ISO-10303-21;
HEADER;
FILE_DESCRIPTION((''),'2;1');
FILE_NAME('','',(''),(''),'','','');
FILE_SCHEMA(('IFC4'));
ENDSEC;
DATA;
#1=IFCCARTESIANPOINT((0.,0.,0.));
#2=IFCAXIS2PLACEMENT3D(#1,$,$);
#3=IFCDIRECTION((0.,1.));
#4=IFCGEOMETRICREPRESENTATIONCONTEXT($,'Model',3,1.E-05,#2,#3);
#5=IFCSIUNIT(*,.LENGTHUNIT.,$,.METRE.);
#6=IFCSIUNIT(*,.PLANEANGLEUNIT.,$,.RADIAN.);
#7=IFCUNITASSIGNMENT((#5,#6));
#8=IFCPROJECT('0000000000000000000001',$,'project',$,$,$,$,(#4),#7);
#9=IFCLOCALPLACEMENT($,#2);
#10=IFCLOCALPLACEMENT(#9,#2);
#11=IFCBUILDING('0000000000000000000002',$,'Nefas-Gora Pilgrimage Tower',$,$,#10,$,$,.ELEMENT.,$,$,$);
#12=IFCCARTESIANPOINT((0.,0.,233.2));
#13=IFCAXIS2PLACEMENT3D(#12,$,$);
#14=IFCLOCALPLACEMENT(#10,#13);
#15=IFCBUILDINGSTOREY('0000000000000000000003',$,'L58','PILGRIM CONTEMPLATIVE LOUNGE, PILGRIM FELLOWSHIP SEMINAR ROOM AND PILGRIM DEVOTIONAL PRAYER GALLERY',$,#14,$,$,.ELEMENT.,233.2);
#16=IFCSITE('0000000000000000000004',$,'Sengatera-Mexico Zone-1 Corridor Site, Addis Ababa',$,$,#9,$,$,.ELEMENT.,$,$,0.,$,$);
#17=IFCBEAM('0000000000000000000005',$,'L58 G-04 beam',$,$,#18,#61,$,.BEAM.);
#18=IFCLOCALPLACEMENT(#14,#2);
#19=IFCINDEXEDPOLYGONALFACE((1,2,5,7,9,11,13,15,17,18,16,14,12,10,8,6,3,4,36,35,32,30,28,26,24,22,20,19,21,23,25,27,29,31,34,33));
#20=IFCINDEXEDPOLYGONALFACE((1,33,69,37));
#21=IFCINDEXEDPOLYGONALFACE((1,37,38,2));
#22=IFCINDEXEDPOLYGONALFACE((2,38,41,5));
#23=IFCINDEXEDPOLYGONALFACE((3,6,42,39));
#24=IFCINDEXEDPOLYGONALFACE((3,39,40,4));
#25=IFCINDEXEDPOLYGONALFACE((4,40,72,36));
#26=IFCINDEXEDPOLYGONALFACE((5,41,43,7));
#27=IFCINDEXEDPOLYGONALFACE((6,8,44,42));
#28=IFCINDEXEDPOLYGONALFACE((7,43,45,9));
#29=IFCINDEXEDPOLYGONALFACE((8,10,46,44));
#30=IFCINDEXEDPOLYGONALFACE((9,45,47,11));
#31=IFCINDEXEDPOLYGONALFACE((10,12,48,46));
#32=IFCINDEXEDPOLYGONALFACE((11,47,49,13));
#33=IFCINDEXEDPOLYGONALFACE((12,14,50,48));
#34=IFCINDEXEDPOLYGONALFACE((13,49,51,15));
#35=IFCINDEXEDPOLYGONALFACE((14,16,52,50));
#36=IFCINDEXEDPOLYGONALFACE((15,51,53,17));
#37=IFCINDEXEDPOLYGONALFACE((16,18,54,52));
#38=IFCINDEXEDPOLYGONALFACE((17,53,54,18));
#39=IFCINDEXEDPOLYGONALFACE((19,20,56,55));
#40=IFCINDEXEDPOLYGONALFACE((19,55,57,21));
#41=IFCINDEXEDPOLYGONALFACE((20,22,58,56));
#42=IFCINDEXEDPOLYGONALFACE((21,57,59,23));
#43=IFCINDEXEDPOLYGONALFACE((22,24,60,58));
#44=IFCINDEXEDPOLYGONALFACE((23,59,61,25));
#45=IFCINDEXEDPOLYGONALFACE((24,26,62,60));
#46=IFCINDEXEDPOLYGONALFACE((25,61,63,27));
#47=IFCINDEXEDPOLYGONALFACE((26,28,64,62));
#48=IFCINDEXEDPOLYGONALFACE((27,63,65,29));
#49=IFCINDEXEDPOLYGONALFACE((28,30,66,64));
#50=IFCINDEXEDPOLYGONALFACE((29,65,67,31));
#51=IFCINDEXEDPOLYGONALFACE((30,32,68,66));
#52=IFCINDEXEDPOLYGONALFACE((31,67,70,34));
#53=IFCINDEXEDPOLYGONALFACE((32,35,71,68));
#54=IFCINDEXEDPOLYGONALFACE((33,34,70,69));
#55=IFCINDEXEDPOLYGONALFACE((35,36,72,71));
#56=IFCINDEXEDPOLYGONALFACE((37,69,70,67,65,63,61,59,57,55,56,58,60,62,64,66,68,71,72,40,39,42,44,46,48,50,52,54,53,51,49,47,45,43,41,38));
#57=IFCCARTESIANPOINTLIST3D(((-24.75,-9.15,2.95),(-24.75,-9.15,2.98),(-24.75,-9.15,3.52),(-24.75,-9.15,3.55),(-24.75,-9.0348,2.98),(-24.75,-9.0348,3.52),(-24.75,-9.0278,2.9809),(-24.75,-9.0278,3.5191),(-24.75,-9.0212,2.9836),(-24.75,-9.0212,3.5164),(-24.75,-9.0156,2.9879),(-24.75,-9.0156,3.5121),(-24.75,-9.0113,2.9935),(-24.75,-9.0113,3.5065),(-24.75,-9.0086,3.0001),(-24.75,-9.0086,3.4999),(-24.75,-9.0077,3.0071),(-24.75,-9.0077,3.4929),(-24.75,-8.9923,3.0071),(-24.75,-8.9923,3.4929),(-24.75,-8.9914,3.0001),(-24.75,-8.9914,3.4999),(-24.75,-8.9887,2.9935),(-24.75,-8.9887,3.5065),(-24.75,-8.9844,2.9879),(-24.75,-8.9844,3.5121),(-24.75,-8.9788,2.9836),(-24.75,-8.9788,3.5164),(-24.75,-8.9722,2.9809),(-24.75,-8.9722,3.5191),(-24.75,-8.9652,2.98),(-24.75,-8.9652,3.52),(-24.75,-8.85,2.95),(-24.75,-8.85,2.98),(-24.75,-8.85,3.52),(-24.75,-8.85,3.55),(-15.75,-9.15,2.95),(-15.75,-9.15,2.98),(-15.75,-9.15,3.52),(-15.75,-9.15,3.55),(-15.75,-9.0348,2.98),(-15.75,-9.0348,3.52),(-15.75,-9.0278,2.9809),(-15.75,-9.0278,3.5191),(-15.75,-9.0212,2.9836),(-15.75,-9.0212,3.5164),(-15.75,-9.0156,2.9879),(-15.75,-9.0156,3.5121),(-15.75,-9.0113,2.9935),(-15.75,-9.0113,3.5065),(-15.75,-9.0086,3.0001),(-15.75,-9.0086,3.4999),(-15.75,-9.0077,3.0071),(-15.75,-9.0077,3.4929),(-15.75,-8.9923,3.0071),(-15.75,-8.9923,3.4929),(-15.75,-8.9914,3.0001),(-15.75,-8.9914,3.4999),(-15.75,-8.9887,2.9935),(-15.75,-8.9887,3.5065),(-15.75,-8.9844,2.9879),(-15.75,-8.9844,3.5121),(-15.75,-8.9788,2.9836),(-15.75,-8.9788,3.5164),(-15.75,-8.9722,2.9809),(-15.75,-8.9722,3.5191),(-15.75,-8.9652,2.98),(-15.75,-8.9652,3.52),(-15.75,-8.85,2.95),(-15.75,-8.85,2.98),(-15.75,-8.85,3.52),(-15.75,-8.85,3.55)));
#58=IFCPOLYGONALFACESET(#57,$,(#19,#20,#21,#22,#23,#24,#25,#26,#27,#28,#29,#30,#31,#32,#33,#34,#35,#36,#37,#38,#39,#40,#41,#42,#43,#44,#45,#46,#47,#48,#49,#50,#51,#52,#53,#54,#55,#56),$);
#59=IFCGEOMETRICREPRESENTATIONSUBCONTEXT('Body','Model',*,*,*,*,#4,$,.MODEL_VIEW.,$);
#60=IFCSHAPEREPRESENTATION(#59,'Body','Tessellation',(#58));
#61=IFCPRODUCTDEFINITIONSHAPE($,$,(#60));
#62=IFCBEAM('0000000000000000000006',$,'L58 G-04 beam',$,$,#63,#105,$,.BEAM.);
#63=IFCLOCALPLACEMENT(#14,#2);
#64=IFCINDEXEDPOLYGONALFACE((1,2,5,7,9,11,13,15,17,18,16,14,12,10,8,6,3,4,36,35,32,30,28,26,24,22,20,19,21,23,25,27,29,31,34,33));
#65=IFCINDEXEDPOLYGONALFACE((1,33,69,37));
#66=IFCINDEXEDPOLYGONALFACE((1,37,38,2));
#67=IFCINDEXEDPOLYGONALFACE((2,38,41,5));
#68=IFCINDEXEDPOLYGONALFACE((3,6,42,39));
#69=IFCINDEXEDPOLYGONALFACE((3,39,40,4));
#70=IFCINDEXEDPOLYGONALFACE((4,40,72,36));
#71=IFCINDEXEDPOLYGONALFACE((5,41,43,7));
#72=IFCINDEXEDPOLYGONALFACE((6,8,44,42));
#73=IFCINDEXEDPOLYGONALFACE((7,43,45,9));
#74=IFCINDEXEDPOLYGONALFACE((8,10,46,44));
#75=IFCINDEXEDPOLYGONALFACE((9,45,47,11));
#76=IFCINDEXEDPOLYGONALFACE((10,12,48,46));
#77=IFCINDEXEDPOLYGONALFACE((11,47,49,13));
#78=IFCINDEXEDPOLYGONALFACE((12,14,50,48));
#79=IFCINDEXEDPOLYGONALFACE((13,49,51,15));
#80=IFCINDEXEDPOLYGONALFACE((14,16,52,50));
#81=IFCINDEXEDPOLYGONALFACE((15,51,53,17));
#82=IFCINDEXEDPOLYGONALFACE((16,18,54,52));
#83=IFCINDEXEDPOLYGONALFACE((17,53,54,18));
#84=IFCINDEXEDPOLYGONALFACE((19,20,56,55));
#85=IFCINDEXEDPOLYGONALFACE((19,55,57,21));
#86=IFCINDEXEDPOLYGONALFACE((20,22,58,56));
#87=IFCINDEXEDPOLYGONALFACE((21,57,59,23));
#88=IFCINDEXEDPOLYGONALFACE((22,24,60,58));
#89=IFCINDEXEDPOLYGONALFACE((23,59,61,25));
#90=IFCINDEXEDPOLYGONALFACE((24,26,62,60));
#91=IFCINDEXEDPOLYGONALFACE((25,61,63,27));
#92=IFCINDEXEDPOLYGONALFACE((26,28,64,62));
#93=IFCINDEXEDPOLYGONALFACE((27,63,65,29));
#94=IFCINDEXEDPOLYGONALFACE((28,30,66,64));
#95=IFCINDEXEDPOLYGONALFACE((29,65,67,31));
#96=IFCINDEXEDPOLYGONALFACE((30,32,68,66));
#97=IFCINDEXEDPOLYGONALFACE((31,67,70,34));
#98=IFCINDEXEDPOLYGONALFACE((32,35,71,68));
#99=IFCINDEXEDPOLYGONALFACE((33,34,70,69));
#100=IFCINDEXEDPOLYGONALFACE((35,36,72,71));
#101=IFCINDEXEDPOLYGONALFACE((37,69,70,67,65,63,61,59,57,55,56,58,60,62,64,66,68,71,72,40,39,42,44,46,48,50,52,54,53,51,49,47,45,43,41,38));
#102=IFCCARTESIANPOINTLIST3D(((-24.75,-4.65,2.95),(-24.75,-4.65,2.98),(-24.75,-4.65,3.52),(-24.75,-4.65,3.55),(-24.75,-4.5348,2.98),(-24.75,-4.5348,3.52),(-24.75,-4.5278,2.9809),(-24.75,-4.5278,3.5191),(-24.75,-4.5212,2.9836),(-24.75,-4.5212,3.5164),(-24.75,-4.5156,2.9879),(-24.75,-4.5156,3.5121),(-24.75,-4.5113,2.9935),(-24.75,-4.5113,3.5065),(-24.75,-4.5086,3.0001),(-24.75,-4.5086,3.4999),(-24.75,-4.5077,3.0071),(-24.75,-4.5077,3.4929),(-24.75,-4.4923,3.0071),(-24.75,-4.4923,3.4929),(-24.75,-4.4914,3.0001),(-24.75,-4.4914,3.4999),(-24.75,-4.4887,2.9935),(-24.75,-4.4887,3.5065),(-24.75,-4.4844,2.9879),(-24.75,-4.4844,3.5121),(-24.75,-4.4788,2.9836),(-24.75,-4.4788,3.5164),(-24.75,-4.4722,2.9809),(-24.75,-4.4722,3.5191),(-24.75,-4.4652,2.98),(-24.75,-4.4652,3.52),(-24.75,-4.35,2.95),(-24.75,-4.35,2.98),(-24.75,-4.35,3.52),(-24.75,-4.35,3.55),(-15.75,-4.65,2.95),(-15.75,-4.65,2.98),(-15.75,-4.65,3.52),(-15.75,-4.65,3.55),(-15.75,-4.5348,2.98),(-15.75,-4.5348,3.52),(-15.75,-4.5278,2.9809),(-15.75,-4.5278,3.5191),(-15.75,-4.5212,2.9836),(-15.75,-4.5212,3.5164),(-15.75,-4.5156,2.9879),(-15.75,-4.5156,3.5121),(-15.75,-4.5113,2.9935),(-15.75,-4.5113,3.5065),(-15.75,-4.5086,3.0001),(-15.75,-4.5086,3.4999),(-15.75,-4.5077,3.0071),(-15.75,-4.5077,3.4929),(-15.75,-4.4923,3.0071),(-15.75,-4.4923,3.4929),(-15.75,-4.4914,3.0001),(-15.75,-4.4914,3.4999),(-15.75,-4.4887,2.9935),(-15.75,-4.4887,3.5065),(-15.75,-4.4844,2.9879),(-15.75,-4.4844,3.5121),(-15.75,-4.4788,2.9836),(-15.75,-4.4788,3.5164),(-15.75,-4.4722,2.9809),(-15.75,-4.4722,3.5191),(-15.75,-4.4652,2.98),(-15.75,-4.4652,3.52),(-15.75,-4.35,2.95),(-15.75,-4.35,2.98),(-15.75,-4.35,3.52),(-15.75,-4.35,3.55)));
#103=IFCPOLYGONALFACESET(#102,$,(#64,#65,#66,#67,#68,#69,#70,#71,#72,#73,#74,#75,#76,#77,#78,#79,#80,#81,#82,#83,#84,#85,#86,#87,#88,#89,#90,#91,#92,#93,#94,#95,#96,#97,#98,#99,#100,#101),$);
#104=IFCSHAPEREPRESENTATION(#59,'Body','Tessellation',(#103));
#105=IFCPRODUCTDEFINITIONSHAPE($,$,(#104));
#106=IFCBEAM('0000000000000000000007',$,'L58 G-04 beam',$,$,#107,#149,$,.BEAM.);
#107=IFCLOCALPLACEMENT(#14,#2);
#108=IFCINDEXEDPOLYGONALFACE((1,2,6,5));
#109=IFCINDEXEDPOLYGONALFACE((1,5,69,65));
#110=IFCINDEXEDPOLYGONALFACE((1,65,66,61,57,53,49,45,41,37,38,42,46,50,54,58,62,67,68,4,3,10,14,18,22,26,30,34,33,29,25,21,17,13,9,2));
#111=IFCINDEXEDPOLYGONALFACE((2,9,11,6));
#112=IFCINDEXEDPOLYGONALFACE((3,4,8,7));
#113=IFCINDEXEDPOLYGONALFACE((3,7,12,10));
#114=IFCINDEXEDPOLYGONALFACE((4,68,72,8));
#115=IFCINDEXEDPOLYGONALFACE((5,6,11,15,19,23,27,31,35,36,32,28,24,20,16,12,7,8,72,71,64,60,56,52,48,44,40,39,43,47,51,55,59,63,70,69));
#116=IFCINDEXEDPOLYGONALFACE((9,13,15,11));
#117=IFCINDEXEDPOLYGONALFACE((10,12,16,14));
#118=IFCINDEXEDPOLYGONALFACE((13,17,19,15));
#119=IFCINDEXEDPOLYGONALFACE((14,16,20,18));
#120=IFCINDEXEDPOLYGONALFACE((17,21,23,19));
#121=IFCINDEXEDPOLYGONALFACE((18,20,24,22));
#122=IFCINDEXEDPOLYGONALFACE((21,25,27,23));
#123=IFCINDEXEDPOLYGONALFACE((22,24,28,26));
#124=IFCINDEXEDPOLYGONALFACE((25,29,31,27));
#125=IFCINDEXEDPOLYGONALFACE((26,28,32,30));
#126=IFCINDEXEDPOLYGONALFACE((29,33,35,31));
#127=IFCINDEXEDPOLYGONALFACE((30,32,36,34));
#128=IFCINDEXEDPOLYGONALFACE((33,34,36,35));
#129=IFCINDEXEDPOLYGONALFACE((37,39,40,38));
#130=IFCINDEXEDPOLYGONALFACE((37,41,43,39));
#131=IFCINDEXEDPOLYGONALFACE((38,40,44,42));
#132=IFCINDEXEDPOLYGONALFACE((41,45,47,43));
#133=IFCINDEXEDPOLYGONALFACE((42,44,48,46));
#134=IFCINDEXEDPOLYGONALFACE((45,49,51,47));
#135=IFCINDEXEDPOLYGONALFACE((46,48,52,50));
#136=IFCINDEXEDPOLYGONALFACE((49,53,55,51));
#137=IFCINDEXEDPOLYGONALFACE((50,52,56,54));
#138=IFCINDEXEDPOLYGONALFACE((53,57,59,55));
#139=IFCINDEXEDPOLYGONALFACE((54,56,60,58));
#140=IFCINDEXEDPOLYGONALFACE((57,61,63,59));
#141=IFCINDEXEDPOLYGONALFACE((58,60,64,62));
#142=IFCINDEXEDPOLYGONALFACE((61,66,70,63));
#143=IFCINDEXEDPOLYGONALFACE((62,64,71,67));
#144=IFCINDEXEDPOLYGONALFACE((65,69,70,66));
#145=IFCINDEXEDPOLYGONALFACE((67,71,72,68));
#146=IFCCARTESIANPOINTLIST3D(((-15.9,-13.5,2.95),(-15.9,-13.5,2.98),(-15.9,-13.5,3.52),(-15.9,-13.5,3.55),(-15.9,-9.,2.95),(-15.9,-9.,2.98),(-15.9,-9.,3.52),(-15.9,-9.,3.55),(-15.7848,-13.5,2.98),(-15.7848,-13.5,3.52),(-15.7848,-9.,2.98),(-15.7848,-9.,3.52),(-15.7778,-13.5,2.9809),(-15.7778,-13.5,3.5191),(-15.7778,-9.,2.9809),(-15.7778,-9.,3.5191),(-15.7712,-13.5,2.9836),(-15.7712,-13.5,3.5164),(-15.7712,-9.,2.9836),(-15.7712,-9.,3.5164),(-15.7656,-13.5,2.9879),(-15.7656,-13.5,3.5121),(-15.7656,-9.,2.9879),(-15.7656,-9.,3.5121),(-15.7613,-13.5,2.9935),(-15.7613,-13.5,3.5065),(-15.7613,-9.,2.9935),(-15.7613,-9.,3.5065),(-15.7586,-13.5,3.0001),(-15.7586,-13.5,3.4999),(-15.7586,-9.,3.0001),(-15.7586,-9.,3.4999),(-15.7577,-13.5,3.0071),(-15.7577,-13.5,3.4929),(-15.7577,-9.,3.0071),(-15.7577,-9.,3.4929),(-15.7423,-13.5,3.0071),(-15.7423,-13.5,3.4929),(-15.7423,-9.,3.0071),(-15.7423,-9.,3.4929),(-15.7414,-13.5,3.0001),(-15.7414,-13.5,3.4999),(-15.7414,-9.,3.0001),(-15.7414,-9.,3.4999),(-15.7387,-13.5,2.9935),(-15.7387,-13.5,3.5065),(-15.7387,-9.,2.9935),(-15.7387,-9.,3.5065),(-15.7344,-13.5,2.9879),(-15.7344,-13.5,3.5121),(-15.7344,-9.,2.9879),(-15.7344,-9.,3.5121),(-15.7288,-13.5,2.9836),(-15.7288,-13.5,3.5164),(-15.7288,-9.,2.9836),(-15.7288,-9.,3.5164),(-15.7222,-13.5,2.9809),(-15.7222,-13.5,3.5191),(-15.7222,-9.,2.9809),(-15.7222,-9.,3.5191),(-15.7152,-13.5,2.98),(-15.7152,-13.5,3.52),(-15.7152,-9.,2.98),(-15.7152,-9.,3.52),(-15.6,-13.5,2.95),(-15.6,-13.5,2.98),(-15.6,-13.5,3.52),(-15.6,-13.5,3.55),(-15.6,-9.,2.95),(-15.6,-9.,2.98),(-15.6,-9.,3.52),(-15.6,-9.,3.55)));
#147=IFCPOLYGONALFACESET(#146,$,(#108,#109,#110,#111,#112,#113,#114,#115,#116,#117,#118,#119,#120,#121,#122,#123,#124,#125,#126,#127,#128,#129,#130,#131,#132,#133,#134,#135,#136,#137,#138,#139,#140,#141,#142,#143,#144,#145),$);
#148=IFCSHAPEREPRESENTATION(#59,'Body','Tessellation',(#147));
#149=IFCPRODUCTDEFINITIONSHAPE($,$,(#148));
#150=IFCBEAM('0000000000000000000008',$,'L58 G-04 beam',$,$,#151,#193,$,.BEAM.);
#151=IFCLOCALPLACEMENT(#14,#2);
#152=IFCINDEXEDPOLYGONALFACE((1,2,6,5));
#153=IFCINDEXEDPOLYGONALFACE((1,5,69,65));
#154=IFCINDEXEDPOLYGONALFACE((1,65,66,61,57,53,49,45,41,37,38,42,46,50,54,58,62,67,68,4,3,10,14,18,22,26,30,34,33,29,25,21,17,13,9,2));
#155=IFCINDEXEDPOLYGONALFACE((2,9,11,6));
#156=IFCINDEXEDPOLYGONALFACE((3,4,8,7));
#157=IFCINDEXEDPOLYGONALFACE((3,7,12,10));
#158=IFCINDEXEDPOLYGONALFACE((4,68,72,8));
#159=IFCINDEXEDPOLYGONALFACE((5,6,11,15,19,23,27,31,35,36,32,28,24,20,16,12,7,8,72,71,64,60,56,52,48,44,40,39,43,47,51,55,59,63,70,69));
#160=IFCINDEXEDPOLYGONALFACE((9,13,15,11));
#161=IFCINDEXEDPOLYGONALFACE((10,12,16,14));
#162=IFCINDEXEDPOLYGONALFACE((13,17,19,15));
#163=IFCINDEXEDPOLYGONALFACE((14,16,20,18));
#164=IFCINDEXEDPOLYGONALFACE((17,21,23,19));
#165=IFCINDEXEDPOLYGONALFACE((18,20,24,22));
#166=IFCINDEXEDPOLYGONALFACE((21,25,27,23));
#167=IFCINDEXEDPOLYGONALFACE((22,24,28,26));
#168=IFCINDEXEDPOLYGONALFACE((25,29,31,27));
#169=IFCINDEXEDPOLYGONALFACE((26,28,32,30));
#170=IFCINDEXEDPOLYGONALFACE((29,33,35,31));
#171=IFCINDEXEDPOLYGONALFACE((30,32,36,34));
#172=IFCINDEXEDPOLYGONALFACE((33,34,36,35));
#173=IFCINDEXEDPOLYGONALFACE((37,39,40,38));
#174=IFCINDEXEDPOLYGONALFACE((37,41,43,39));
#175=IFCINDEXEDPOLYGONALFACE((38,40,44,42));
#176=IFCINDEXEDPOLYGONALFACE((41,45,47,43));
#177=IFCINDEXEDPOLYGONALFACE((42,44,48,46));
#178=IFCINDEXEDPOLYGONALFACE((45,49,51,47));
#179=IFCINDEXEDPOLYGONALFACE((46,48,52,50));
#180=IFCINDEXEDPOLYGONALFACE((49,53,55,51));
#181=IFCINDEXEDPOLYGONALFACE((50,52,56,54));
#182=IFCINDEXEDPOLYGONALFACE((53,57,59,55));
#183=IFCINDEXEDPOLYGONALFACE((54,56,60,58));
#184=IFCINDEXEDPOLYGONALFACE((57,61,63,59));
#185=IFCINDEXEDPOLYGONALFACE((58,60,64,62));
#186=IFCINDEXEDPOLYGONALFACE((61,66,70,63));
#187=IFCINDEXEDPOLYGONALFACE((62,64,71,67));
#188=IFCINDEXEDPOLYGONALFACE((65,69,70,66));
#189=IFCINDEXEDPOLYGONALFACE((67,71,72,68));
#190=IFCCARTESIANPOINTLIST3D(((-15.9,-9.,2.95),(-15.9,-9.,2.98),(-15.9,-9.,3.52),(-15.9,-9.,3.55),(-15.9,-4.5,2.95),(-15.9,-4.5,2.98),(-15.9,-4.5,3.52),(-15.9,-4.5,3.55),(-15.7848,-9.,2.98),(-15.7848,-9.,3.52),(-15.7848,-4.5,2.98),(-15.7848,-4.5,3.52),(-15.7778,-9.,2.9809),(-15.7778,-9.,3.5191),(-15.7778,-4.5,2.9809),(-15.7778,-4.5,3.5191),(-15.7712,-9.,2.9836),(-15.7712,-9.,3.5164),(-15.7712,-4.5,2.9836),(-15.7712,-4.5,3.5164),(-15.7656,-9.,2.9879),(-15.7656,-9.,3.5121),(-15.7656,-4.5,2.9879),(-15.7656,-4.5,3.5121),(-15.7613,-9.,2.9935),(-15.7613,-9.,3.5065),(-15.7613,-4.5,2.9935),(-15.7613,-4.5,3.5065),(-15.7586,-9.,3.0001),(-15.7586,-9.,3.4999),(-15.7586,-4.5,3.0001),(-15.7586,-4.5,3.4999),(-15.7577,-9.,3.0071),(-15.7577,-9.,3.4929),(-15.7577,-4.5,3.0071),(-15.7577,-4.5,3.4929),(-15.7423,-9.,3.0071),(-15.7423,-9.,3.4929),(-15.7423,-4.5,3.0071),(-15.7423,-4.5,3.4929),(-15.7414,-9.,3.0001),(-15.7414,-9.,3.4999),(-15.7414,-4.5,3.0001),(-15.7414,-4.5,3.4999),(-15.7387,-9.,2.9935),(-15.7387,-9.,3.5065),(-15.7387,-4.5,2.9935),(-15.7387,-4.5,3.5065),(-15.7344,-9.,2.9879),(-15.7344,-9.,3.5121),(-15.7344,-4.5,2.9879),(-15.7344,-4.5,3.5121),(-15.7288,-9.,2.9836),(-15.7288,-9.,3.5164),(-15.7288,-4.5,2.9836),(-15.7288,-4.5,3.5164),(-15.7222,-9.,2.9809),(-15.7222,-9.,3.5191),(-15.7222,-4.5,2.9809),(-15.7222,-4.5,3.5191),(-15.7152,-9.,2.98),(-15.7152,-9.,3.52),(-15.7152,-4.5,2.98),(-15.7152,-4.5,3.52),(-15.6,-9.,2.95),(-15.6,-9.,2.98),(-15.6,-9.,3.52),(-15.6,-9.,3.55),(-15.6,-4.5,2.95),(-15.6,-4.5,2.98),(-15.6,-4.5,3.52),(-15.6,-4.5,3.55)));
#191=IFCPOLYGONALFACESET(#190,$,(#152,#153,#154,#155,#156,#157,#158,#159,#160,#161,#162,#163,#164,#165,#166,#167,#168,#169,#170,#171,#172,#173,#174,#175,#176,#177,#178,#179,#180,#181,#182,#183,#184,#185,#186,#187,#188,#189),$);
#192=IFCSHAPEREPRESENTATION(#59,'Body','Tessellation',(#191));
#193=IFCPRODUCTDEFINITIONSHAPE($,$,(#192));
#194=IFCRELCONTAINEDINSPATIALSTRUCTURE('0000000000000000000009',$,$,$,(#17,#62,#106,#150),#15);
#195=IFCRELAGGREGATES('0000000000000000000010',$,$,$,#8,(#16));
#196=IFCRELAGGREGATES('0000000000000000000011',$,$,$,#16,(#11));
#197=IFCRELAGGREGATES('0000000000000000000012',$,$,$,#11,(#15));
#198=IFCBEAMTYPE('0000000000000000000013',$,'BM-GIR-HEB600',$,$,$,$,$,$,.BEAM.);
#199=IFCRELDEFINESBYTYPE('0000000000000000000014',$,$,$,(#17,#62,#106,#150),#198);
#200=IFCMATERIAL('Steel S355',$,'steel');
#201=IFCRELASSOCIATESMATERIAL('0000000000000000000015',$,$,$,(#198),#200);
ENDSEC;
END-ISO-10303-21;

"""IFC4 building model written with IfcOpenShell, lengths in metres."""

from ifc_helpers import new_model, si_unit, direction, frame, origin, origin_2d, place, context, subcontext, project, spatial, i_section, extrude, source, transform, mapped, material, material_profile, profile_set, type_object, element, save


model = new_model("IFC4")

# Units and contexts
model_context = context("Model", 3, precision=1e-05, world=origin(), true_north=direction((0.0, 1.0)))
body_context = subcontext(model_context, "Body", "Model", "MODEL_VIEW")
ifc_project = project(units=[si_unit("LENGTHUNIT", "METRE"), si_unit("PLANEANGLEUNIT", "RADIAN")], contexts=[model_context])

# Site, building, storey
site_placement = place(None, origin())
site = spatial("IfcSite", under=ifc_project, at=site_placement, Name="Sengatera-Mexico Zone-1 Corridor Site, Addis Ababa", CompositionType="ELEMENT", RefElevation=0.0)
building_placement = place(site_placement, origin())
building = spatial("IfcBuilding", under=site, at=building_placement, Name="Nefas-Gora Pilgrimage Tower", CompositionType="ELEMENT")
storey_placement = place(building_placement, frame((0.0, 0.0, 233.2)))
storey = spatial("IfcBuildingStorey", under=building, at=storey_placement, Name="L58", Description="PILGRIM CONTEMPLATIVE LOUNGE, PILGRIM FELLOWSHIP SEMINAR ROOM AND PILGRIM DEVOTIONAL PRAYER GALLERY", CompositionType="ELEMENT", Elevation=233.2)

# Beams
ifc_material_1 = material(Name="Steel S355", Category="steel")
ifc_material_profile_1 = material_profile(ifc_material_1, i_section(OverallWidth=0.3, OverallDepth=0.6001, WebThickness=0.0154, FlangeThickness=0.03, FilletRadius=0.0271, at=origin_2d()), Name="HEB 600")
ifc_profile_set_1 = profile_set([ifc_material_profile_1], Name="Steel S355")
beam_type_1 = type_object("IfcBeamType", Name="BM-GIR-HEB600", PredefinedType="BEAM", material=ifc_profile_set_1)
shared_shape_1 = source(origin(), body_context, "Body", "SweptSolid", [
    extrude(i_section(OverallWidth=0.3, OverallDepth=0.6001, WebThickness=0.0154, FlangeThickness=0.03, FilletRadius=0.0271, at=origin_2d()), origin(), (0.0, 0.0, 1.0), 9.0),
])
for number, where, z_axis, x_axis, name in (
    (1, (-24.75, -9.0, 3.25), (1.0, 0.0, 0.0), (0.0, 1.0, 0.0), "L58 G-04 beam"),
    (2, (-24.75, -4.5, 3.25), (1.0, 0.0, 0.0), (0.0, 1.0, 0.0), "L58 G-04 beam"),
):
    element("IfcBeam", number, at=place(storey_placement, frame(where, z_axis=z_axis, x_axis=x_axis)), inside=storey, type_object=beam_type_1, Name=name, PredefinedType="BEAM", context=body_context, shape_type="MappedRepresentation", body=[
        mapped(shared_shape_1, transform((0.0, 0.0, 0.0), x_axis=(1.0, 0.0, 0.0), y_axis=(0.0, 1.0, 0.0), z_axis=(0.0, 0.0, 1.0), scale=1.0)),
    ])
shared_shape_2 = source(origin(), body_context, "Body", "SweptSolid", [
    extrude(i_section(OverallWidth=0.3, OverallDepth=0.6001, WebThickness=0.0154, FlangeThickness=0.03, FilletRadius=0.0271, at=origin_2d()), origin(), (0.0, 0.0, 1.0), 4.5),
])
for number, where, z_axis, x_axis, name in (
    (3, (-15.75, -13.5, 3.25), (0.0, 1.0, 0.0), (-1.0, 0.0, 0.0), "L58 G-04 beam"),
    (4, (-15.75, -9.0, 3.25), (0.0, 1.0, 0.0), (-1.0, 0.0, 0.0), "L58 G-04 beam"),
):
    element("IfcBeam", number, at=place(storey_placement, frame(where, z_axis=z_axis, x_axis=x_axis)), inside=storey, type_object=beam_type_1, Name=name, PredefinedType="BEAM", context=body_context, shape_type="MappedRepresentation", body=[
        mapped(shared_shape_2, transform((0.0, 0.0, 0.0), x_axis=(1.0, 0.0, 0.0), y_axis=(0.0, 1.0, 0.0), z_axis=(0.0, 0.0, 1.0), scale=1.0)),
    ])

save(model, "model.ifc")
